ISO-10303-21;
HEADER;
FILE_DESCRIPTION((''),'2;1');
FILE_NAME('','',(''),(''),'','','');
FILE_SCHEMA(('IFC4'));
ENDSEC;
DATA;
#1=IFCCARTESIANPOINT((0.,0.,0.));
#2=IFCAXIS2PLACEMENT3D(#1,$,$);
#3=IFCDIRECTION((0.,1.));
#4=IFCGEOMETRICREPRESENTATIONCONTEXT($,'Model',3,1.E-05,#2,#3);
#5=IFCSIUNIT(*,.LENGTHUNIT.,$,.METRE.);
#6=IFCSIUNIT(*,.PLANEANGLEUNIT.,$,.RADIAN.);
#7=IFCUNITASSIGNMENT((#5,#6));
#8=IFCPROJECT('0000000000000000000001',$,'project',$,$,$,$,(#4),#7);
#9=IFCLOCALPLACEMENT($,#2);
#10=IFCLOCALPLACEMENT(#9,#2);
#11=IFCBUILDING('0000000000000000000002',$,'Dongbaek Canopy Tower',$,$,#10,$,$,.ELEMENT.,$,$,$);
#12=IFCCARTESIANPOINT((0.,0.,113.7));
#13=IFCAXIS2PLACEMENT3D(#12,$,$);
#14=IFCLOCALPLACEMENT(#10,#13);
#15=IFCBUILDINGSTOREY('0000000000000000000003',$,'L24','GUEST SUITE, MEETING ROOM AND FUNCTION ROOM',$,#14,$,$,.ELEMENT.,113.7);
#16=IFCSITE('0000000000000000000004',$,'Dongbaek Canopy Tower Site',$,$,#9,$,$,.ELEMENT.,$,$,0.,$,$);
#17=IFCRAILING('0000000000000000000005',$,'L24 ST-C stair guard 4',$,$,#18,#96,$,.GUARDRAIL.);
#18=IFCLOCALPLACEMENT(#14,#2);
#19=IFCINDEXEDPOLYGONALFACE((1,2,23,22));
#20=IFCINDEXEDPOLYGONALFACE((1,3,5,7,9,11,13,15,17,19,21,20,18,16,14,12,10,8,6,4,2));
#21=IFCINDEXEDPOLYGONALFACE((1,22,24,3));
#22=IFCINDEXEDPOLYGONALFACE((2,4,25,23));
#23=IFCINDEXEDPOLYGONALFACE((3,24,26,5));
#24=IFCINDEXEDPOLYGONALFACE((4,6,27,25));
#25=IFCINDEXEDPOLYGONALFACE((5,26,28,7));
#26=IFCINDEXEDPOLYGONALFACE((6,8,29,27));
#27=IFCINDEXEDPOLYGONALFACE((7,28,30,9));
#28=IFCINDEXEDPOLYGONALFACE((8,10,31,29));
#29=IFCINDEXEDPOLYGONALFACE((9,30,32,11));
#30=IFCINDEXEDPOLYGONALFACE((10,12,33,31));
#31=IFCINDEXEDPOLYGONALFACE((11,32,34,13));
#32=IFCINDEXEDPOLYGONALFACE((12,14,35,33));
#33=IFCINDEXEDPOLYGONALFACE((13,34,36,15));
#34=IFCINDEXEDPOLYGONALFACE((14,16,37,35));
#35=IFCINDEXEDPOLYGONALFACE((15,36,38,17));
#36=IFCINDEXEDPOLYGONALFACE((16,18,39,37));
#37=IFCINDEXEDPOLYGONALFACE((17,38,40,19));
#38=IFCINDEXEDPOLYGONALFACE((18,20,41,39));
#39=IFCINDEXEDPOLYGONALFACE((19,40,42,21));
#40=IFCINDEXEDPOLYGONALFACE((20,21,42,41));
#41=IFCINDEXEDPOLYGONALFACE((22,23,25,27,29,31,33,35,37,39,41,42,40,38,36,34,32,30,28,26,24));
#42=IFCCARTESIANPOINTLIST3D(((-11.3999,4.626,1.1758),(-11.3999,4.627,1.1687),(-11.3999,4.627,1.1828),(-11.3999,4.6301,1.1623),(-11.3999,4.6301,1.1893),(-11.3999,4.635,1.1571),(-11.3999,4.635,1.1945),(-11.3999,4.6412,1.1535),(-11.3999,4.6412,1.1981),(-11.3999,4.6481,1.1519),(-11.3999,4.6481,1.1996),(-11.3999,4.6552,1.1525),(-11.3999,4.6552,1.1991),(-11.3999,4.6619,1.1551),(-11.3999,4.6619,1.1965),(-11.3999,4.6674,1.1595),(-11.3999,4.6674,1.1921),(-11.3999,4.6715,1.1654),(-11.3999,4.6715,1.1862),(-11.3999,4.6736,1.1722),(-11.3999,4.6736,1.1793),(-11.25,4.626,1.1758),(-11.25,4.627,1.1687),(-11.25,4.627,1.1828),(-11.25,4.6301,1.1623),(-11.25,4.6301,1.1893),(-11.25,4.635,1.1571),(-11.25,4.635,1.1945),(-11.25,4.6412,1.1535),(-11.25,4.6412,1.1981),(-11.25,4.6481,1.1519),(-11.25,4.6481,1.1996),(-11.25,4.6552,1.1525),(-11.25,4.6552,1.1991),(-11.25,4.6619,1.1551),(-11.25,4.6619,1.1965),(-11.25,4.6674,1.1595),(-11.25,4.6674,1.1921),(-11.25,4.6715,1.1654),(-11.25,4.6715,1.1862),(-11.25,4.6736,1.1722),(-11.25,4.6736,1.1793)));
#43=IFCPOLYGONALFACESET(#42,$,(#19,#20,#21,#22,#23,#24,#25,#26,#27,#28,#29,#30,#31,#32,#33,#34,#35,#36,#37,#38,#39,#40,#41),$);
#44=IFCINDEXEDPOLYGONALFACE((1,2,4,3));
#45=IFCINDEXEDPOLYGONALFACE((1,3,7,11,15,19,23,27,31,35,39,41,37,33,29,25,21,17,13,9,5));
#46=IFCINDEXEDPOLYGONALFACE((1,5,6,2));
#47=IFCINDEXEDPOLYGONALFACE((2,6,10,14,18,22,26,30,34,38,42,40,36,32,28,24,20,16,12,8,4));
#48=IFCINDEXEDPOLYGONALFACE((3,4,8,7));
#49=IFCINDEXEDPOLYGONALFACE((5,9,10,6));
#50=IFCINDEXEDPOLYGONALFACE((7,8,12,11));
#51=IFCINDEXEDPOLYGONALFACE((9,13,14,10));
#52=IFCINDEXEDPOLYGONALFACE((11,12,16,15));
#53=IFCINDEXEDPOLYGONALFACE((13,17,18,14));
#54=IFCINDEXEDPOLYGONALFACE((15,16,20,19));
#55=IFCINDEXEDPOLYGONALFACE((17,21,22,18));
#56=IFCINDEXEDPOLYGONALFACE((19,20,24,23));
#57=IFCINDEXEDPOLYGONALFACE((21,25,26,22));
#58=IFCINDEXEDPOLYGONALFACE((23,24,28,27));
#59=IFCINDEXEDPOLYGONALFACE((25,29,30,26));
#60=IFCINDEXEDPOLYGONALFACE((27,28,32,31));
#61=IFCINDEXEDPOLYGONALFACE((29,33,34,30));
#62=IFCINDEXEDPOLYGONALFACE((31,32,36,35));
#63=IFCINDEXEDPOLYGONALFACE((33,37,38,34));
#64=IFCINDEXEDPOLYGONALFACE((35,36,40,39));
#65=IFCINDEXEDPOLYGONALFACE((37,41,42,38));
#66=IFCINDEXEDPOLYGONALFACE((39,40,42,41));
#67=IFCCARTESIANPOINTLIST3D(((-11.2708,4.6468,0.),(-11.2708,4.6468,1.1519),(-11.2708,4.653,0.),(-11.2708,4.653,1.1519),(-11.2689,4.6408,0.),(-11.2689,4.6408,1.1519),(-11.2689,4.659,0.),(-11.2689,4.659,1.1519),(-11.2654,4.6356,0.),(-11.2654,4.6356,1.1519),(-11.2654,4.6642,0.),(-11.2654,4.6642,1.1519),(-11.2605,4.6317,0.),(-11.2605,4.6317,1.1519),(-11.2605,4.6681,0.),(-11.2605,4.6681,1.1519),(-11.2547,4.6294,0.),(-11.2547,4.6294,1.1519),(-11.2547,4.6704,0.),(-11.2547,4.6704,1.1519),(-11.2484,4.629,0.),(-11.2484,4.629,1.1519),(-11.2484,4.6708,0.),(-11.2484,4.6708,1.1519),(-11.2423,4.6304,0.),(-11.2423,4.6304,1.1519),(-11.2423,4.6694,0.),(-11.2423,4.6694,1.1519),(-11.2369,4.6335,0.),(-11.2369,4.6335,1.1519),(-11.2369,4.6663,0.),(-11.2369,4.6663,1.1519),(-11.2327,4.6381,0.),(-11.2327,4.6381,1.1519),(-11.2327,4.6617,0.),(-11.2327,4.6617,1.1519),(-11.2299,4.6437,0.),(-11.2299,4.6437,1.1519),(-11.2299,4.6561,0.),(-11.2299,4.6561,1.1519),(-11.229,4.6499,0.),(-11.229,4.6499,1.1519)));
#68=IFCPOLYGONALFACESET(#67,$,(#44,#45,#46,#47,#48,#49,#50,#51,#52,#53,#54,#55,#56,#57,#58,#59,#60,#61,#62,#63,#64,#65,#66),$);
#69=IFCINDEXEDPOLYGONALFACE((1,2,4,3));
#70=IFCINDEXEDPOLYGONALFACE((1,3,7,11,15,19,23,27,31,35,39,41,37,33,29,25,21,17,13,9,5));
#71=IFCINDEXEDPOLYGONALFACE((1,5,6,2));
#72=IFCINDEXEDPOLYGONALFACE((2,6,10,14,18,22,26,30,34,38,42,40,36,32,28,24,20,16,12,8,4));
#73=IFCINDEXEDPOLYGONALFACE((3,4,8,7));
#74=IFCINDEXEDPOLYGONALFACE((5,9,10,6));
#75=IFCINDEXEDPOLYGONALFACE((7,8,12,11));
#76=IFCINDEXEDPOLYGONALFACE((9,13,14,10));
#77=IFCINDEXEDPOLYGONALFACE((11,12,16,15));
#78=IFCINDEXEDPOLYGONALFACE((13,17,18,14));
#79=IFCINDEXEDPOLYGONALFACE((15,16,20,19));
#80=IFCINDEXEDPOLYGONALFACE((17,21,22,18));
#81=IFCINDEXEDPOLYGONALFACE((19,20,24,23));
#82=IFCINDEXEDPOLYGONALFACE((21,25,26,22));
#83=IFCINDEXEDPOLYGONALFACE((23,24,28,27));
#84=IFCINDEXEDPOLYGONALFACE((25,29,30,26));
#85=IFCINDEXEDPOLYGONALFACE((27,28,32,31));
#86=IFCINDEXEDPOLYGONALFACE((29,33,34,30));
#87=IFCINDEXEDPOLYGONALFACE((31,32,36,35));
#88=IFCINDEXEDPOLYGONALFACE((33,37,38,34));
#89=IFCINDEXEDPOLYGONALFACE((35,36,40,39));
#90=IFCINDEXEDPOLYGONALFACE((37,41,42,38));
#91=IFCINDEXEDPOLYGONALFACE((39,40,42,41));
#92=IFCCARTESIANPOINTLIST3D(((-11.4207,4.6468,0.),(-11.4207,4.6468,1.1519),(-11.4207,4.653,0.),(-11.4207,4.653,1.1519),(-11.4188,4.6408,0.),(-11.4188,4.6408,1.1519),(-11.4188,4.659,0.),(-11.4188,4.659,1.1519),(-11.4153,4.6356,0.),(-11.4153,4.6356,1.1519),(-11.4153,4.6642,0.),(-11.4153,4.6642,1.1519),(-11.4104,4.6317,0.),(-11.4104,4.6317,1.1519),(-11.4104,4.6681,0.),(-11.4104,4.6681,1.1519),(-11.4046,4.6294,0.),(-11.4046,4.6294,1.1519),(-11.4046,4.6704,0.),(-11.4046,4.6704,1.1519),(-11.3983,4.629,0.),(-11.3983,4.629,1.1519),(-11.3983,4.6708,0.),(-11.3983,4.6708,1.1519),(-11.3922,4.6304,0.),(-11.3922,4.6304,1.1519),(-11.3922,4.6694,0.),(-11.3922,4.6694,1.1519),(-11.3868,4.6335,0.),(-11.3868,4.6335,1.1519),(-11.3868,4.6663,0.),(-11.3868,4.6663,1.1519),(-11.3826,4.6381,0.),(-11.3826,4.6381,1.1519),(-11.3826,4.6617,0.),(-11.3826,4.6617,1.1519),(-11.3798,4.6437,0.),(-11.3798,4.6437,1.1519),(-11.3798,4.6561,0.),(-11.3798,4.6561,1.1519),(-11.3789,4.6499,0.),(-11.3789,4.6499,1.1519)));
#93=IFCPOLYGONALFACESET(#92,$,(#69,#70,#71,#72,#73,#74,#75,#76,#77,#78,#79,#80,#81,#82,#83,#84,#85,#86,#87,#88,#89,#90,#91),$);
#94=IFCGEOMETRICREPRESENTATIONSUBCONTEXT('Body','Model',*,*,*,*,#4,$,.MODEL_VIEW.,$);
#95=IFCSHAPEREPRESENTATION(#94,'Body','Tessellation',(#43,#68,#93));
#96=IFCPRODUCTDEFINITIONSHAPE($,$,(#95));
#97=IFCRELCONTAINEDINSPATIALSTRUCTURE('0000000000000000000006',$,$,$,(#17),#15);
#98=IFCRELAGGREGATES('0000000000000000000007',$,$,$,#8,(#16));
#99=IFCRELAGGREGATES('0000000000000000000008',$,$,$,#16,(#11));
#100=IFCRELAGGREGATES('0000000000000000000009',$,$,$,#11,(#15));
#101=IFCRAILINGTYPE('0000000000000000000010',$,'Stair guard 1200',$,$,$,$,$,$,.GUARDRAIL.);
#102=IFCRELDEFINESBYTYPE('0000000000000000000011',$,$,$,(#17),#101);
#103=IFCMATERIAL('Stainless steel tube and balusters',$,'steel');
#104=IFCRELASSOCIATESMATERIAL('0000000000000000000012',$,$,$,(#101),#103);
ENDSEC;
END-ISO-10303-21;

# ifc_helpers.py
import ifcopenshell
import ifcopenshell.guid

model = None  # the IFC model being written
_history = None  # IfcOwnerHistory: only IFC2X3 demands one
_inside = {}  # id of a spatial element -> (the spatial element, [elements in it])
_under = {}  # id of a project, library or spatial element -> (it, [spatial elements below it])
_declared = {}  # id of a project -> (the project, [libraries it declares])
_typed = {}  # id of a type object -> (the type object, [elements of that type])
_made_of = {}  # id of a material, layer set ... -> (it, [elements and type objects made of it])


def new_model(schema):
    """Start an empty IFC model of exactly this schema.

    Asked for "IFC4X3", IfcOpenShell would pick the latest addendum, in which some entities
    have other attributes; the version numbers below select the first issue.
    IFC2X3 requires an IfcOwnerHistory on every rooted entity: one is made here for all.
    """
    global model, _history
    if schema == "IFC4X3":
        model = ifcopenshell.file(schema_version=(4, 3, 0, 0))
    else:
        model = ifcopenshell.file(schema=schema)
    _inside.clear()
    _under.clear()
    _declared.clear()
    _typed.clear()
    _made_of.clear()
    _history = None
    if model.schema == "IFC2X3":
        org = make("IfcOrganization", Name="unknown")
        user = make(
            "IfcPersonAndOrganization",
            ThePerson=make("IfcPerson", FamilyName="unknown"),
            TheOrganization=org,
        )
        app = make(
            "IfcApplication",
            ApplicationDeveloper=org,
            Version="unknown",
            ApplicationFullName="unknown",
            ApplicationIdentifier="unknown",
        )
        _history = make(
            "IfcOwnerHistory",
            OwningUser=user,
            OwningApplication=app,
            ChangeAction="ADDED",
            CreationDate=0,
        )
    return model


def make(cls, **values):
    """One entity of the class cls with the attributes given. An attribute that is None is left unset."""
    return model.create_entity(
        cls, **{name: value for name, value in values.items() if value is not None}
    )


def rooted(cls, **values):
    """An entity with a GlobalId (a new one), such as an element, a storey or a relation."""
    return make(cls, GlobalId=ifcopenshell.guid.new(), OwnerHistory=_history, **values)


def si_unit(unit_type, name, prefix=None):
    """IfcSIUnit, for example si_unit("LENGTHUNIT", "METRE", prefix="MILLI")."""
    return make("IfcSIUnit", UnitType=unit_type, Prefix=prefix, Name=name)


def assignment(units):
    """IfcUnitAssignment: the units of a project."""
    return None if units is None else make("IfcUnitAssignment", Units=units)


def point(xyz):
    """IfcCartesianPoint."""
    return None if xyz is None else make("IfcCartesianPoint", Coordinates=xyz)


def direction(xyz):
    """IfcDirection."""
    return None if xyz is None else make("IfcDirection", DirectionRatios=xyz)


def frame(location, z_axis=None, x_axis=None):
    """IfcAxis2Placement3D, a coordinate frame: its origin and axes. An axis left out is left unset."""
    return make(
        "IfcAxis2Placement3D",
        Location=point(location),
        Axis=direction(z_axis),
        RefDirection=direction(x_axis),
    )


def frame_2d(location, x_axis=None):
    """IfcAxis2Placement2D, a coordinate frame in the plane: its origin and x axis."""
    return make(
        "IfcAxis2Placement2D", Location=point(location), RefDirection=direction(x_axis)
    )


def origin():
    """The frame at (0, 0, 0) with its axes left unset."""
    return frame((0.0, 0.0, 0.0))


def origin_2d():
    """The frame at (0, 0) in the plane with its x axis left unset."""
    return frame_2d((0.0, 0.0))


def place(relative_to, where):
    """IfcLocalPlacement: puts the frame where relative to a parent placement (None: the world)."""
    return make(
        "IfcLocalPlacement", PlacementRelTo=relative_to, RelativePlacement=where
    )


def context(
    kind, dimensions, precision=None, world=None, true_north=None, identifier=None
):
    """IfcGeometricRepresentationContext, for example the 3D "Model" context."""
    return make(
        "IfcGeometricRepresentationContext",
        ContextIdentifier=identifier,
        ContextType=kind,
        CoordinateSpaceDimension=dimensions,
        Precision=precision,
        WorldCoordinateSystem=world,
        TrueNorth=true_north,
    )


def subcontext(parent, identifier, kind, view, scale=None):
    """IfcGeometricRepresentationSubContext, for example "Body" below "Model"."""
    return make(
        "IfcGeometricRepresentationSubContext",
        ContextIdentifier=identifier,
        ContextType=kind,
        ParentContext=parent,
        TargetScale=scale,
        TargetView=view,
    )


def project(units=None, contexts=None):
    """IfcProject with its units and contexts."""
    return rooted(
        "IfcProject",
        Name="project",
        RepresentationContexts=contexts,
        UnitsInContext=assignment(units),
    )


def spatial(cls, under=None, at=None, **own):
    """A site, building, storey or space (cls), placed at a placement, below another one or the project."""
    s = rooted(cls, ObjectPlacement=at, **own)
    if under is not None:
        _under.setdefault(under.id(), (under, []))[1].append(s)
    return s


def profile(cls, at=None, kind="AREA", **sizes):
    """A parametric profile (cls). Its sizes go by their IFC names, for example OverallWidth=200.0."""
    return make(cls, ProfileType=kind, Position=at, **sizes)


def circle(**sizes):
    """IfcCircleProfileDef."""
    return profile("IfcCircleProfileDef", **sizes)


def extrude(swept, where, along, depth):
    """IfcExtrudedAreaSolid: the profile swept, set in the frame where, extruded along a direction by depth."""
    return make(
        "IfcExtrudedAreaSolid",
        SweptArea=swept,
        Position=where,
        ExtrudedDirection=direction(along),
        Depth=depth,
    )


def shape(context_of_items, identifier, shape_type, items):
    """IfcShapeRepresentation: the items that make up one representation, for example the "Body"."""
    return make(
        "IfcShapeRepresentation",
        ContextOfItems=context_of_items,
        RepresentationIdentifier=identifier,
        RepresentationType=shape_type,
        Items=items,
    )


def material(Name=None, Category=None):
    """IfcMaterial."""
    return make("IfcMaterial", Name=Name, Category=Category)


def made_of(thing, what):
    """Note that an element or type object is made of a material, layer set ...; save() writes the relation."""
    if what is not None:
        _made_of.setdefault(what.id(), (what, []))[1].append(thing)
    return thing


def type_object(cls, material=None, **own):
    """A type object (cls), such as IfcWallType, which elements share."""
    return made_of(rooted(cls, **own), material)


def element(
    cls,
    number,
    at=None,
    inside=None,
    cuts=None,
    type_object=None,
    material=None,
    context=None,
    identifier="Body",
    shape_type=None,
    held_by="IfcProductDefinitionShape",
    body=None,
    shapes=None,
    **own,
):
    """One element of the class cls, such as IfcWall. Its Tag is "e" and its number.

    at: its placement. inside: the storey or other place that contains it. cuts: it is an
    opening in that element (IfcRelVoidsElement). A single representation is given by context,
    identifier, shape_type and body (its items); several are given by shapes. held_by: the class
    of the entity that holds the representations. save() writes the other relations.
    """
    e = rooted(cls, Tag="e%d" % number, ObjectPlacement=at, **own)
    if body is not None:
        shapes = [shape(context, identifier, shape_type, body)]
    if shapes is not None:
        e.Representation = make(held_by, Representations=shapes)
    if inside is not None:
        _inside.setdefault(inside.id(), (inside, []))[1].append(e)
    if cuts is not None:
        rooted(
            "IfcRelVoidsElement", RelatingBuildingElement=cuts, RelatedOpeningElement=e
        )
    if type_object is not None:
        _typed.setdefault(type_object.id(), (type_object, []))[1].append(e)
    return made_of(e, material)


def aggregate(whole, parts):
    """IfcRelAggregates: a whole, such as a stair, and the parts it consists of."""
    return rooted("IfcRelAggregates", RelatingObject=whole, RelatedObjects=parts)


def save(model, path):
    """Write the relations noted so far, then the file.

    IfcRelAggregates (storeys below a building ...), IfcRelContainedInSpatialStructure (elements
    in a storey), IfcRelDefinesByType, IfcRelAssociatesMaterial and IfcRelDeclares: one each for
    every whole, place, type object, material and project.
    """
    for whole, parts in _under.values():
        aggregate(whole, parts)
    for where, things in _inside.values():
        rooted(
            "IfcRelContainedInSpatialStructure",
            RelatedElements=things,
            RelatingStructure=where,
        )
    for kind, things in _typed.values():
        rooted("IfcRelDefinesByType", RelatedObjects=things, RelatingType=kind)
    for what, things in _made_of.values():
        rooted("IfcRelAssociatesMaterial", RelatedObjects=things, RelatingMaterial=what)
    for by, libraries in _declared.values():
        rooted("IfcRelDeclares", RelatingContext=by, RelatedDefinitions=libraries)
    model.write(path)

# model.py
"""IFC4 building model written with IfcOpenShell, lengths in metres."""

from ifc_helpers import new_model, si_unit, direction, frame, origin, origin_2d, place, context, subcontext, project, spatial, circle, extrude, material, type_object, element, save


model = new_model("IFC4")

# Units and contexts
model_context = context("Model", 3, precision=1e-05, world=origin(), true_north=direction((0.0, 1.0)))
body_context = subcontext(model_context, "Body", "Model", "MODEL_VIEW")
ifc_project = project(units=[si_unit("LENGTHUNIT", "METRE"), si_unit("PLANEANGLEUNIT", "RADIAN")], contexts=[model_context])

# Site, building, storey
site_placement = place(None, origin())
site = spatial("IfcSite", under=ifc_project, at=site_placement, Name="Dongbaek Canopy Tower Site", CompositionType="ELEMENT", RefElevation=0.0)
building_placement = place(site_placement, origin())
building = spatial("IfcBuilding", under=site, at=building_placement, Name="Dongbaek Canopy Tower", CompositionType="ELEMENT")
storey_placement = place(building_placement, frame((0.0, 0.0, 113.7)))
storey = spatial("IfcBuildingStorey", under=building, at=storey_placement, Name="L24", Description="GUEST SUITE, MEETING ROOM AND FUNCTION ROOM", CompositionType="ELEMENT", Elevation=113.7)

# Railing
ifc_material_1 = material(Name="Stainless steel tube and balusters", Category="steel")
railing_type_1 = type_object("IfcRailingType", Name="Stair guard 1200", PredefinedType="GUARDRAIL", material=ifc_material_1)
railing_1_placement = place(storey_placement, frame((-11.25, 4.6499, 0.0)))
element("IfcRailing", 1, at=railing_1_placement, inside=storey, type_object=railing_type_1, Name="L24 ST-C stair guard 4", PredefinedType="GUARDRAIL", context=body_context, shape_type="SweptSolid", body=[
    extrude(circle(Radius=0.0239, at=origin_2d()), frame((0.0, 0.0, 1.1758), z_axis=(-1.0, 0.0, 0.0), x_axis=(0.0, -1.0, 0.0)), (0.0, 0.0, 1.0), 0.1499),
    extrude(circle(Radius=0.021, at=origin_2d()), origin(), (0.0, 0.0, 1.0), 1.1519),
    extrude(circle(Radius=0.021, at=origin_2d()), frame((-0.1499, 0.0, 0.0)), (0.0, 0.0, 1.0), 1.1519),
])

save(model, "model.ifc")
